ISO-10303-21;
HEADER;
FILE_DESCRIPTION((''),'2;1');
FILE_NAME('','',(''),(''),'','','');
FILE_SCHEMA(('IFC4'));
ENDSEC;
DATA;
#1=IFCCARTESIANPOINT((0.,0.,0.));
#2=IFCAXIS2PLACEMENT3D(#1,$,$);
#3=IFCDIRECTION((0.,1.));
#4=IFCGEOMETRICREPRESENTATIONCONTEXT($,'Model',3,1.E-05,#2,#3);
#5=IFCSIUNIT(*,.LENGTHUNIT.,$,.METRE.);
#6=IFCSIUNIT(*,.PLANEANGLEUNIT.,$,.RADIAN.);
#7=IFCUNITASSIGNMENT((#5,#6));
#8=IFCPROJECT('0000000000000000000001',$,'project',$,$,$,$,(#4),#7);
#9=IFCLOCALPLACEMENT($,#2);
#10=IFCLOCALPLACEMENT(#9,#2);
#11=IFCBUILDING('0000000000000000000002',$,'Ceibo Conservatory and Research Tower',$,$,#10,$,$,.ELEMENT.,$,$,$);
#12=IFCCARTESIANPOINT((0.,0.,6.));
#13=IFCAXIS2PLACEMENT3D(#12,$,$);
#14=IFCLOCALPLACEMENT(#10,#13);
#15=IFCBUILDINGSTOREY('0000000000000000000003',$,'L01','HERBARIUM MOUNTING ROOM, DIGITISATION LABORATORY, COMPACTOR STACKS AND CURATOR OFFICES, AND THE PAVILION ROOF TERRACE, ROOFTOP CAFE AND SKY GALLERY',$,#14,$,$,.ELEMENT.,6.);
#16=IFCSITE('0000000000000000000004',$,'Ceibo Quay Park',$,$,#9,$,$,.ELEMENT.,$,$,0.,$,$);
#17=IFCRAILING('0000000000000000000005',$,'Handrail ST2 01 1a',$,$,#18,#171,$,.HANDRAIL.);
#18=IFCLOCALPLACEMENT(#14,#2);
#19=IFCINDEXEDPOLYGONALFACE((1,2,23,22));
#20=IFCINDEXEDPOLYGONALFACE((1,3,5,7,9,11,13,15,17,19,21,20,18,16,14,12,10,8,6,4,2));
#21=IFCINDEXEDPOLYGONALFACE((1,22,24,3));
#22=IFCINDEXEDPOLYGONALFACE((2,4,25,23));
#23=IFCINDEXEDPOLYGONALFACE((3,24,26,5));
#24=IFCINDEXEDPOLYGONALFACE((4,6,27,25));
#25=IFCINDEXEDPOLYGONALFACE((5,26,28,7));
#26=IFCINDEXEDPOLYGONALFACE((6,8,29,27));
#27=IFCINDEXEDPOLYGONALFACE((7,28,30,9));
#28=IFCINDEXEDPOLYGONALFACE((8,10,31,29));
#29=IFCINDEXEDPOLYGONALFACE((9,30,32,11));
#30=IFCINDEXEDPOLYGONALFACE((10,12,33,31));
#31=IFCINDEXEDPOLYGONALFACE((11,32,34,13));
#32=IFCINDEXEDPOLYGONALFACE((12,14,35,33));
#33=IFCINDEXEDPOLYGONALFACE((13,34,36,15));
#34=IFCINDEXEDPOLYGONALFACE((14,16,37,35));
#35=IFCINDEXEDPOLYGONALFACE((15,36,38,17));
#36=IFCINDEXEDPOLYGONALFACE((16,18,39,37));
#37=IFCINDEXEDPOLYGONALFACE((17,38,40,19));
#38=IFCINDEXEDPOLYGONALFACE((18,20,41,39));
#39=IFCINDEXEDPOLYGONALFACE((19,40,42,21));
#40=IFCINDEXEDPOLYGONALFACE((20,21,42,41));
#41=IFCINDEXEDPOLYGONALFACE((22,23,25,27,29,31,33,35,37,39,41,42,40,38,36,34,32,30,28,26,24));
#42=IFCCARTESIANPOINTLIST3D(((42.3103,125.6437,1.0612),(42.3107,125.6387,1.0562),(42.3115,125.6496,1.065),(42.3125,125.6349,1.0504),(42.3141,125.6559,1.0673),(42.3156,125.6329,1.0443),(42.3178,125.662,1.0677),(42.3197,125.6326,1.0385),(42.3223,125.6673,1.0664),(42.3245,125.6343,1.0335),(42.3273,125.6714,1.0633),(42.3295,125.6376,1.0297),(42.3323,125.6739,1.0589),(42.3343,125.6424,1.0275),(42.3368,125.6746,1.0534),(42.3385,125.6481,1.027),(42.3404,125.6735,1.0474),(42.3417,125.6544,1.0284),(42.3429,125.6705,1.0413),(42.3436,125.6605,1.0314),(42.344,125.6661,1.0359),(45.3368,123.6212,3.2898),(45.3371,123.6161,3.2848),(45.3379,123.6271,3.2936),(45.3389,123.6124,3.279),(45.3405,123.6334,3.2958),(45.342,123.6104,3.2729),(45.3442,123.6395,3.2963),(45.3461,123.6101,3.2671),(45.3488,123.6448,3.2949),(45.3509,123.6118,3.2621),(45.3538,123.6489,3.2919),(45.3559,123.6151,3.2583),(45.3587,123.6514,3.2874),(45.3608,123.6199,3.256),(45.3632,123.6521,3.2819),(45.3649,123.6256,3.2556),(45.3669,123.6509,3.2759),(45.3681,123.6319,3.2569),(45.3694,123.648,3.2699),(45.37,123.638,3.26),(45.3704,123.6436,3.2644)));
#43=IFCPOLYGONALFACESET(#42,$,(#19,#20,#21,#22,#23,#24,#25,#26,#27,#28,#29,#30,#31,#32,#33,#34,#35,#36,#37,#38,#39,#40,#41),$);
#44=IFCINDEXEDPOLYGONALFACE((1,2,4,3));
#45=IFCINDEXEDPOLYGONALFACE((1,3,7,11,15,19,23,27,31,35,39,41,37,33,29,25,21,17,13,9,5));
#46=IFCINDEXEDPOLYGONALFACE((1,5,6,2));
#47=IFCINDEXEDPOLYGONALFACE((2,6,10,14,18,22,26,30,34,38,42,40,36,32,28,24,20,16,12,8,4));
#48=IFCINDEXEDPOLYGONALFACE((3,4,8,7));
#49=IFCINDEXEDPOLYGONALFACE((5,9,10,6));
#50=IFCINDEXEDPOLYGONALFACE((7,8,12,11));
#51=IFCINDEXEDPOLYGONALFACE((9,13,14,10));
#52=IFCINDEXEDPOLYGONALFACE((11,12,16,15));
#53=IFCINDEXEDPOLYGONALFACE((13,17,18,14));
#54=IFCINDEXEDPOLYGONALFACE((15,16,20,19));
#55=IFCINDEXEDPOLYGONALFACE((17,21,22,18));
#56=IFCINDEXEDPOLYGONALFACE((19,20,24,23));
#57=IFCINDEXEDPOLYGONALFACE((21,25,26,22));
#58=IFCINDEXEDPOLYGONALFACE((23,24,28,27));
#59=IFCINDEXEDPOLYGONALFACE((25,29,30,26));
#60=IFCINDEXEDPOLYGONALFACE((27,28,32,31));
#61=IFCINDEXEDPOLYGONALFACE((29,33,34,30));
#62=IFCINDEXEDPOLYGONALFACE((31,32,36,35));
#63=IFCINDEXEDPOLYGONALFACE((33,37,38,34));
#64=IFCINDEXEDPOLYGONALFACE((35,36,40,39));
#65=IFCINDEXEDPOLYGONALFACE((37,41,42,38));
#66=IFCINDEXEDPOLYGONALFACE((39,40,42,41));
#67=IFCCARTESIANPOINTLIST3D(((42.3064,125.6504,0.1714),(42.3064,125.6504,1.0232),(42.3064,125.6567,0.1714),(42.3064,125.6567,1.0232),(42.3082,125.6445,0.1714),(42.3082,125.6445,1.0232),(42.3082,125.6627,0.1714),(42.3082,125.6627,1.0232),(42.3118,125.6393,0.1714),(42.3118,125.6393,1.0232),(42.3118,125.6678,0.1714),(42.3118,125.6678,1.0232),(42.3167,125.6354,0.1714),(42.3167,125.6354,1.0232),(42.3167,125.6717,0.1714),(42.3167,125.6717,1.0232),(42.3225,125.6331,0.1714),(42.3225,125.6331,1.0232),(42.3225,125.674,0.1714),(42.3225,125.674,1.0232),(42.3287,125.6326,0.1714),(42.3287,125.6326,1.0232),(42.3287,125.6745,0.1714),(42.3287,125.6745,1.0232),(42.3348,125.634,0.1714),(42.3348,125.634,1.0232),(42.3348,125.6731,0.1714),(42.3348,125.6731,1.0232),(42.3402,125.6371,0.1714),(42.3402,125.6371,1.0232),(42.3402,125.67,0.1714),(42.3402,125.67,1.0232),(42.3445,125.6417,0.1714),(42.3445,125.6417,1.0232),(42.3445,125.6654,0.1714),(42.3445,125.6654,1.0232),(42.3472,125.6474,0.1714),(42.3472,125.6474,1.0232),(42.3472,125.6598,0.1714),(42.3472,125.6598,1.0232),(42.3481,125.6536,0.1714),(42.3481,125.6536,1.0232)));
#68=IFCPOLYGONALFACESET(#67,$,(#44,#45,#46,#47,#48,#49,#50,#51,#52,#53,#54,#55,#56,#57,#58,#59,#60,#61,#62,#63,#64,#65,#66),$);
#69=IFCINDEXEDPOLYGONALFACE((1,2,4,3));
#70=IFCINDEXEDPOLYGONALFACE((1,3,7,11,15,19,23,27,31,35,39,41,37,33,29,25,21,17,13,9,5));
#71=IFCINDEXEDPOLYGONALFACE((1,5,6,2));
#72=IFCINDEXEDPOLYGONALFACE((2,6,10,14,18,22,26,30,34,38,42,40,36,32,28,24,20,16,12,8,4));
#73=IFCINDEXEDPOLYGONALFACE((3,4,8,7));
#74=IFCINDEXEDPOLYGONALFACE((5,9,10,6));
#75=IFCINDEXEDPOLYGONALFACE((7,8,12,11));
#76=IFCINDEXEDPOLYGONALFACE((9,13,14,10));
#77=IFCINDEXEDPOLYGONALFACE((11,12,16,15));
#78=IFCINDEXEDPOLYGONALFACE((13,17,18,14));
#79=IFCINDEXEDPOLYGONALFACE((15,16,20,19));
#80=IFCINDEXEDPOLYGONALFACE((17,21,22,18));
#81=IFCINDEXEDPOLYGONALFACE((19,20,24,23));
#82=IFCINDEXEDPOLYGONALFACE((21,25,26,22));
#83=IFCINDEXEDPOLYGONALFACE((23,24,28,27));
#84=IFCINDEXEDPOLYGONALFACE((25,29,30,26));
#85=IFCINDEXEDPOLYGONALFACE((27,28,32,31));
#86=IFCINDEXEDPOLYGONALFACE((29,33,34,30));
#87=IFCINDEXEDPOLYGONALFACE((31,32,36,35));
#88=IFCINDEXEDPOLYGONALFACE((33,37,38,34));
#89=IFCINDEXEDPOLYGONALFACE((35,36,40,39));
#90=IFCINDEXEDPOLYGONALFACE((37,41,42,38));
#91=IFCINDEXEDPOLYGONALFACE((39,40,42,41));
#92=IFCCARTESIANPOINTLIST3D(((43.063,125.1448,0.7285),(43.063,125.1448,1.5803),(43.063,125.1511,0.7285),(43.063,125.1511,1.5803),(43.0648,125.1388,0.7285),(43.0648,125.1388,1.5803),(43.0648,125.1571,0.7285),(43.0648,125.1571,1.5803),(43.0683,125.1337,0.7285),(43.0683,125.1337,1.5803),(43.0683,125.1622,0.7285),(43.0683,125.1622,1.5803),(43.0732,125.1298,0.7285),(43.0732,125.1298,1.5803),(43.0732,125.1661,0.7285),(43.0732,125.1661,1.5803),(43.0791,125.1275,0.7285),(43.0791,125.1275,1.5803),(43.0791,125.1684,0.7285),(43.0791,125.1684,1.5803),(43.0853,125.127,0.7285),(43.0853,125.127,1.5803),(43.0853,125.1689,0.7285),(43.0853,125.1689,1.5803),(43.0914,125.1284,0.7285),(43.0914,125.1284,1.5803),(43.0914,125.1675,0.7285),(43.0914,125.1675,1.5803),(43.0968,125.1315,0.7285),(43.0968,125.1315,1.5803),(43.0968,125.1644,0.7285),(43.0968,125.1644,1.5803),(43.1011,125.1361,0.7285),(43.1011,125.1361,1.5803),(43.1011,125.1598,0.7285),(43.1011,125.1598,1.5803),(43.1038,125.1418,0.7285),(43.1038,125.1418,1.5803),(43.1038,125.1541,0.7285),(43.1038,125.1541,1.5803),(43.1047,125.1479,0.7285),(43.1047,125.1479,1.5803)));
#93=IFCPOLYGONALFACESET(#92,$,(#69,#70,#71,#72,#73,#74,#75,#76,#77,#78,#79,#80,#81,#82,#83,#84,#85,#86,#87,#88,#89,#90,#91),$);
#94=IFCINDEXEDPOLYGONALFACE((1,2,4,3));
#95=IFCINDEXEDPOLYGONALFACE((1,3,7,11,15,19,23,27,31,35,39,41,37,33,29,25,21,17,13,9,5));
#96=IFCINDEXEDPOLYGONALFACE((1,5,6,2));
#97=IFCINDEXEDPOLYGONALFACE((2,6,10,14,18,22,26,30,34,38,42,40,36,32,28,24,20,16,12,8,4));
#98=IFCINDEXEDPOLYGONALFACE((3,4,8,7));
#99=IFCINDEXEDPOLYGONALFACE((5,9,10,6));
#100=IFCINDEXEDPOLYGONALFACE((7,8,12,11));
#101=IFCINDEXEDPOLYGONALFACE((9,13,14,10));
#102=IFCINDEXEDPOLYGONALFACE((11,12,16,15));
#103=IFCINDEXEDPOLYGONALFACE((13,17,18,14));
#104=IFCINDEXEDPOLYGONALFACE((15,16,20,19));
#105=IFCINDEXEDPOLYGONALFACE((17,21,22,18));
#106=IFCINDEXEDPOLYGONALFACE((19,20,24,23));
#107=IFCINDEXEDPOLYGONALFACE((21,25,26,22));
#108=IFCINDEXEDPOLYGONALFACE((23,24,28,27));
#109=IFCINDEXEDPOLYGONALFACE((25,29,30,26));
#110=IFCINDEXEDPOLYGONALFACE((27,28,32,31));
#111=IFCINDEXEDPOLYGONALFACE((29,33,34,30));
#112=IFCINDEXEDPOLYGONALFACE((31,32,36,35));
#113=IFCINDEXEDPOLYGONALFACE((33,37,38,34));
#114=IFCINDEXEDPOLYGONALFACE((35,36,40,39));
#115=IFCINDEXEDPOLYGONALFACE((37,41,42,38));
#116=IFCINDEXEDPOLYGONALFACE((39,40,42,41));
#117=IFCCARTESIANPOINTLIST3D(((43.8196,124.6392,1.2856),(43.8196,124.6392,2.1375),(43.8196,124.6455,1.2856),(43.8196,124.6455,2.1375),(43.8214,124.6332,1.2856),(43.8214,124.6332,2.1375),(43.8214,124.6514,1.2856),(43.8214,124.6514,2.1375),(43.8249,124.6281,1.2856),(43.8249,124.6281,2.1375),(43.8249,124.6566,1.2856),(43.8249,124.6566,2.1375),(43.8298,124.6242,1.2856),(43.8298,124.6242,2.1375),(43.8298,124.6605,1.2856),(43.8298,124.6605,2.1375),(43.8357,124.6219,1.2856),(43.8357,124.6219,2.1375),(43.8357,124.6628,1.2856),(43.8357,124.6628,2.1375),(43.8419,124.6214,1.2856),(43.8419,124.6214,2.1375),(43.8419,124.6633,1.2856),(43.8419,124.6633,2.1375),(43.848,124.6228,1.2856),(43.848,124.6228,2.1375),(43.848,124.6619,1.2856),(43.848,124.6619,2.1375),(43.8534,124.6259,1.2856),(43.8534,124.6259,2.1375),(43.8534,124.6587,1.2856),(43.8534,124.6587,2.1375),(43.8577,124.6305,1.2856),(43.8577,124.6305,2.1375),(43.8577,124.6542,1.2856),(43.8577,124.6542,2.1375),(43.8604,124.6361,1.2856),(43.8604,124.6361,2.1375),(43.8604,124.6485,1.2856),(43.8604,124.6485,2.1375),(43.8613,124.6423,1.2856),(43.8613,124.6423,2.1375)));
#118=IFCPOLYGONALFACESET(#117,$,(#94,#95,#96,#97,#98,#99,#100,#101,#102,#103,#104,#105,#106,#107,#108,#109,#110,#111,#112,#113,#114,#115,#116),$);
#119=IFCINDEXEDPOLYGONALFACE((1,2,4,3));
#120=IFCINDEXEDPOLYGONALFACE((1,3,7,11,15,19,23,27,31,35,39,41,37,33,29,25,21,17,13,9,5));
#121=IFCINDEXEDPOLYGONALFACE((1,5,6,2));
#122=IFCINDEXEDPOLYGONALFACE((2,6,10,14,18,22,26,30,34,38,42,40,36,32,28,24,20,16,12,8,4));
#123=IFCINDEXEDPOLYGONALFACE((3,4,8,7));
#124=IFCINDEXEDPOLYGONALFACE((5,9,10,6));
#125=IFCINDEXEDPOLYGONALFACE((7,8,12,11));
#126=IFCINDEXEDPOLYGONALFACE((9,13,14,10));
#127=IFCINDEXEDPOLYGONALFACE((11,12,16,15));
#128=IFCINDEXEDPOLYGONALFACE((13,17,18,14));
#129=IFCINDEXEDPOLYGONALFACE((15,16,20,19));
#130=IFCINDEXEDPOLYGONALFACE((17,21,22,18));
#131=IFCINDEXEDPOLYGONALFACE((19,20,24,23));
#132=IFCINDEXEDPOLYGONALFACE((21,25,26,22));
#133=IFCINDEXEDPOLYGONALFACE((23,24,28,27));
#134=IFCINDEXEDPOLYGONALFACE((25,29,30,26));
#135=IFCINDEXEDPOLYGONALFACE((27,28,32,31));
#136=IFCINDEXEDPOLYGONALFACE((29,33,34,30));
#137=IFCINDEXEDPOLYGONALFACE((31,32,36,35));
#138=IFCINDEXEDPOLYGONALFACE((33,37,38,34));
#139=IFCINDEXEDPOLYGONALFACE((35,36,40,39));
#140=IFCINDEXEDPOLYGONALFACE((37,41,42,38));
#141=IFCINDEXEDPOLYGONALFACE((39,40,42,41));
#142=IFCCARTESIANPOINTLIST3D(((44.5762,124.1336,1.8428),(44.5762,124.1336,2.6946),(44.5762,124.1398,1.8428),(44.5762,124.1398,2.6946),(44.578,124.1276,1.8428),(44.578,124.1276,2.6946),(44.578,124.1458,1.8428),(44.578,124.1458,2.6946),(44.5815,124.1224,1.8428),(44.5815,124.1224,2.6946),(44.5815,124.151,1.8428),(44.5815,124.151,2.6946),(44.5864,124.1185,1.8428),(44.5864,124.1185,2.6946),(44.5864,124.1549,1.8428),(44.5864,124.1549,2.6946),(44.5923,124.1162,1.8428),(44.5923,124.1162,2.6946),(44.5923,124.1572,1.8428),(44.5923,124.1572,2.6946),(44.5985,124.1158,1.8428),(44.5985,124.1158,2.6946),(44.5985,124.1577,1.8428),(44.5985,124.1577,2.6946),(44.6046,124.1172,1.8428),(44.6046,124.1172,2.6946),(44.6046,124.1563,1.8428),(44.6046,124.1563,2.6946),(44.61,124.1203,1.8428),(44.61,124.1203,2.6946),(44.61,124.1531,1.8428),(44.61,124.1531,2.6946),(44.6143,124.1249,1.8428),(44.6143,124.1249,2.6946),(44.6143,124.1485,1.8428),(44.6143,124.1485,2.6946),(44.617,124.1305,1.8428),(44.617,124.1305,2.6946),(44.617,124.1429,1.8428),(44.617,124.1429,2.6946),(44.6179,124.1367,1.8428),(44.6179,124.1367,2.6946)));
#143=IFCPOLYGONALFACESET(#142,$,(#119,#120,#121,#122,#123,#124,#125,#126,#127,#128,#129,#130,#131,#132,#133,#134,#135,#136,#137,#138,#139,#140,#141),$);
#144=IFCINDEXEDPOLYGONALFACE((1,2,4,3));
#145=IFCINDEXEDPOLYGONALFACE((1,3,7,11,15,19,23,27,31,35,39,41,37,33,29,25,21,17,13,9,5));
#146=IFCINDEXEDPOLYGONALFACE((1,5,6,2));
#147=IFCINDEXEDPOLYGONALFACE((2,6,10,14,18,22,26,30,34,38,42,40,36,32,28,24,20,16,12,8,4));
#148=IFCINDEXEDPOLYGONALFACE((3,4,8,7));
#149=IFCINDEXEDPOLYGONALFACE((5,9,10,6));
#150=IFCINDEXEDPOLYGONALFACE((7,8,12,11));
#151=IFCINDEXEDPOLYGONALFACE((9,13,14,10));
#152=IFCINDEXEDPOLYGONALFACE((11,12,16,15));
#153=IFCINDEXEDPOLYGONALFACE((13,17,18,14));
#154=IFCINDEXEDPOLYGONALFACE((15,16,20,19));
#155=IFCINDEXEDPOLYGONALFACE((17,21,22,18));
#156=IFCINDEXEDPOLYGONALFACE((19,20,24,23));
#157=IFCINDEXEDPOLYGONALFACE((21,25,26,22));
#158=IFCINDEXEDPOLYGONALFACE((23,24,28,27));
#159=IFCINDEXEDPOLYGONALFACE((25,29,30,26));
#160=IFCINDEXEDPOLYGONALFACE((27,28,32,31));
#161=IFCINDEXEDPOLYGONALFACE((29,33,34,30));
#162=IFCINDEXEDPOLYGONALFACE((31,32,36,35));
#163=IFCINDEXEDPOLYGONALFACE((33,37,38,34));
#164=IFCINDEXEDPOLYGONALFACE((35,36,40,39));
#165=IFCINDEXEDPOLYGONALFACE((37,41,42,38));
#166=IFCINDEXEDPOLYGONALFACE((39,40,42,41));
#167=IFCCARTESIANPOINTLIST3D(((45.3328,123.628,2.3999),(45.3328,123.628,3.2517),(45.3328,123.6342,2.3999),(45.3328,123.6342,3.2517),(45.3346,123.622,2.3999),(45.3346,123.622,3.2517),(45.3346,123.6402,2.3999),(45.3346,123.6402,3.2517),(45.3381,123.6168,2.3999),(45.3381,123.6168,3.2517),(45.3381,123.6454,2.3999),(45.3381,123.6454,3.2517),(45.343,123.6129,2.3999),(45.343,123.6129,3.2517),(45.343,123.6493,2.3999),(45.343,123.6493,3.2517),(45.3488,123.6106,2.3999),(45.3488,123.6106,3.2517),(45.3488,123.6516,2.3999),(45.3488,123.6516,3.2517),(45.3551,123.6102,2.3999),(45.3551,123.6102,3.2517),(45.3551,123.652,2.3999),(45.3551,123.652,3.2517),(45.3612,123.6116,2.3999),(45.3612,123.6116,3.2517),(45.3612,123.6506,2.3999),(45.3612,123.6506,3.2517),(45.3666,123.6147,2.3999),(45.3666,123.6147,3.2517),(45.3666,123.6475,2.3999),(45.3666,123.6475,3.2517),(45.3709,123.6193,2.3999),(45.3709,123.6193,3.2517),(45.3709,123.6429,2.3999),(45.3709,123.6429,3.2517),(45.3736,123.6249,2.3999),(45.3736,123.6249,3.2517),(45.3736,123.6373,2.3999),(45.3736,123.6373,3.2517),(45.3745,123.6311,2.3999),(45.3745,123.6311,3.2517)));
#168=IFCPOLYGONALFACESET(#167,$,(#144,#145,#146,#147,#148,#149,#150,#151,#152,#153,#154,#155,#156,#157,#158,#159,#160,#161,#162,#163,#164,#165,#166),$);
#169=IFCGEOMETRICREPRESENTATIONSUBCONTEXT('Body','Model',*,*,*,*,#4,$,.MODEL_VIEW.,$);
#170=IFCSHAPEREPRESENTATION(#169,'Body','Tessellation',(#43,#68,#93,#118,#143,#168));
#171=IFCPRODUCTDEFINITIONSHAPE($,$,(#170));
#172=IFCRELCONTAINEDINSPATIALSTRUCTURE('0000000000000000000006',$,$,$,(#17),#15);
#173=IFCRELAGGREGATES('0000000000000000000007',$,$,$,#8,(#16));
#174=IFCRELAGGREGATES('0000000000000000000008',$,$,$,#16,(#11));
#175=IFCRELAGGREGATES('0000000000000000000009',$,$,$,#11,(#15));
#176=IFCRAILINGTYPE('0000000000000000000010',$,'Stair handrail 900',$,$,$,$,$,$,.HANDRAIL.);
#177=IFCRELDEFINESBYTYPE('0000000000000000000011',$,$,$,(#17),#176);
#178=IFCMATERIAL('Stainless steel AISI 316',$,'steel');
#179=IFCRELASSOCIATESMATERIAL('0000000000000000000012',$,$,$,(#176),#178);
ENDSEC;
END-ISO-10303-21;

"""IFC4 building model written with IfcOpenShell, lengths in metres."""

from ifc_helpers import new_model, si_unit, direction, frame, origin, origin_2d, place, context, subcontext, project, spatial, circle, extrude, material, type_object, element, save


model = new_model("IFC4")

# Units and contexts
model_context = context("Model", 3, precision=1e-05, world=origin(), true_north=direction((0.0, 1.0)))
body_context = subcontext(model_context, "Body", "Model", "MODEL_VIEW")
ifc_project = project(units=[si_unit("LENGTHUNIT", "METRE"), si_unit("PLANEANGLEUNIT", "RADIAN")], contexts=[model_context])

# Site, building, storey
site_placement = place(None, origin())
site = spatial("IfcSite", under=ifc_project, at=site_placement, Name="Ceibo Quay Park", CompositionType="ELEMENT", RefElevation=0.0)
building_placement = place(site_placement, origin())
building = spatial("IfcBuilding", under=site, at=building_placement, Name="Ceibo Conservatory and Research Tower", CompositionType="ELEMENT")
storey_placement = place(building_placement, frame((0.0, 0.0, 6.0)))
storey = spatial("IfcBuildingStorey", under=building, at=storey_placement, Name="L01", Description="HERBARIUM MOUNTING ROOM, DIGITISATION LABORATORY, COMPACTOR STACKS AND CURATOR OFFICES, AND THE PAVILION ROOF TERRACE, ROOFTOP CAFE AND SKY GALLERY", CompositionType="ELEMENT", Elevation=6.0)

# Shared definitions
ifc_material_1 = material(Name="Stainless steel AISI 316", Category="steel")

# Railing
railing_type = type_object("IfcRailingType", Name="Stair handrail 900", PredefinedType="HANDRAIL", material=ifc_material_1)
railing_1_placement = place(storey_placement, frame((42.3271, 125.6536, 0.1714)))
element("IfcRailing", 1, at=railing_1_placement, inside=storey, type_object=railing_type, Name="Handrail ST2 01 1a", PredefinedType="HANDRAIL", context=body_context, shape_type="SweptSolid", body=[
    extrude(circle(Radius=0.0239, at=origin_2d()), frame((0.0, 0.0, 0.876), z_axis=(0.709089, -0.47387, 0.522149), x_axis=(0.555629, 0.831431, 0.0)), (0.0, 0.0, 1.0), 4.2681),
    extrude(circle(Radius=0.021, at=origin_2d()), origin(), (0.0, 0.0, 1.0), 0.8518),
    extrude(circle(Radius=0.021, at=origin_2d()), frame((0.7566, -0.5056, 0.5571)), (0.0, 0.0, 1.0), 0.8518),
    extrude(circle(Radius=0.021, at=origin_2d()), frame((1.5132, -1.0112, 1.1143)), (0.0, 0.0, 1.0), 0.8518),
    extrude(circle(Radius=0.021, at=origin_2d()), frame((2.2698, -1.5168, 1.6714)), (0.0, 0.0, 1.0), 0.8518),
    extrude(circle(Radius=0.021, at=origin_2d()), frame((3.0264, -2.0225, 2.2285)), (0.0, 0.0, 1.0), 0.8518),
])

save(model, "model.ifc")
